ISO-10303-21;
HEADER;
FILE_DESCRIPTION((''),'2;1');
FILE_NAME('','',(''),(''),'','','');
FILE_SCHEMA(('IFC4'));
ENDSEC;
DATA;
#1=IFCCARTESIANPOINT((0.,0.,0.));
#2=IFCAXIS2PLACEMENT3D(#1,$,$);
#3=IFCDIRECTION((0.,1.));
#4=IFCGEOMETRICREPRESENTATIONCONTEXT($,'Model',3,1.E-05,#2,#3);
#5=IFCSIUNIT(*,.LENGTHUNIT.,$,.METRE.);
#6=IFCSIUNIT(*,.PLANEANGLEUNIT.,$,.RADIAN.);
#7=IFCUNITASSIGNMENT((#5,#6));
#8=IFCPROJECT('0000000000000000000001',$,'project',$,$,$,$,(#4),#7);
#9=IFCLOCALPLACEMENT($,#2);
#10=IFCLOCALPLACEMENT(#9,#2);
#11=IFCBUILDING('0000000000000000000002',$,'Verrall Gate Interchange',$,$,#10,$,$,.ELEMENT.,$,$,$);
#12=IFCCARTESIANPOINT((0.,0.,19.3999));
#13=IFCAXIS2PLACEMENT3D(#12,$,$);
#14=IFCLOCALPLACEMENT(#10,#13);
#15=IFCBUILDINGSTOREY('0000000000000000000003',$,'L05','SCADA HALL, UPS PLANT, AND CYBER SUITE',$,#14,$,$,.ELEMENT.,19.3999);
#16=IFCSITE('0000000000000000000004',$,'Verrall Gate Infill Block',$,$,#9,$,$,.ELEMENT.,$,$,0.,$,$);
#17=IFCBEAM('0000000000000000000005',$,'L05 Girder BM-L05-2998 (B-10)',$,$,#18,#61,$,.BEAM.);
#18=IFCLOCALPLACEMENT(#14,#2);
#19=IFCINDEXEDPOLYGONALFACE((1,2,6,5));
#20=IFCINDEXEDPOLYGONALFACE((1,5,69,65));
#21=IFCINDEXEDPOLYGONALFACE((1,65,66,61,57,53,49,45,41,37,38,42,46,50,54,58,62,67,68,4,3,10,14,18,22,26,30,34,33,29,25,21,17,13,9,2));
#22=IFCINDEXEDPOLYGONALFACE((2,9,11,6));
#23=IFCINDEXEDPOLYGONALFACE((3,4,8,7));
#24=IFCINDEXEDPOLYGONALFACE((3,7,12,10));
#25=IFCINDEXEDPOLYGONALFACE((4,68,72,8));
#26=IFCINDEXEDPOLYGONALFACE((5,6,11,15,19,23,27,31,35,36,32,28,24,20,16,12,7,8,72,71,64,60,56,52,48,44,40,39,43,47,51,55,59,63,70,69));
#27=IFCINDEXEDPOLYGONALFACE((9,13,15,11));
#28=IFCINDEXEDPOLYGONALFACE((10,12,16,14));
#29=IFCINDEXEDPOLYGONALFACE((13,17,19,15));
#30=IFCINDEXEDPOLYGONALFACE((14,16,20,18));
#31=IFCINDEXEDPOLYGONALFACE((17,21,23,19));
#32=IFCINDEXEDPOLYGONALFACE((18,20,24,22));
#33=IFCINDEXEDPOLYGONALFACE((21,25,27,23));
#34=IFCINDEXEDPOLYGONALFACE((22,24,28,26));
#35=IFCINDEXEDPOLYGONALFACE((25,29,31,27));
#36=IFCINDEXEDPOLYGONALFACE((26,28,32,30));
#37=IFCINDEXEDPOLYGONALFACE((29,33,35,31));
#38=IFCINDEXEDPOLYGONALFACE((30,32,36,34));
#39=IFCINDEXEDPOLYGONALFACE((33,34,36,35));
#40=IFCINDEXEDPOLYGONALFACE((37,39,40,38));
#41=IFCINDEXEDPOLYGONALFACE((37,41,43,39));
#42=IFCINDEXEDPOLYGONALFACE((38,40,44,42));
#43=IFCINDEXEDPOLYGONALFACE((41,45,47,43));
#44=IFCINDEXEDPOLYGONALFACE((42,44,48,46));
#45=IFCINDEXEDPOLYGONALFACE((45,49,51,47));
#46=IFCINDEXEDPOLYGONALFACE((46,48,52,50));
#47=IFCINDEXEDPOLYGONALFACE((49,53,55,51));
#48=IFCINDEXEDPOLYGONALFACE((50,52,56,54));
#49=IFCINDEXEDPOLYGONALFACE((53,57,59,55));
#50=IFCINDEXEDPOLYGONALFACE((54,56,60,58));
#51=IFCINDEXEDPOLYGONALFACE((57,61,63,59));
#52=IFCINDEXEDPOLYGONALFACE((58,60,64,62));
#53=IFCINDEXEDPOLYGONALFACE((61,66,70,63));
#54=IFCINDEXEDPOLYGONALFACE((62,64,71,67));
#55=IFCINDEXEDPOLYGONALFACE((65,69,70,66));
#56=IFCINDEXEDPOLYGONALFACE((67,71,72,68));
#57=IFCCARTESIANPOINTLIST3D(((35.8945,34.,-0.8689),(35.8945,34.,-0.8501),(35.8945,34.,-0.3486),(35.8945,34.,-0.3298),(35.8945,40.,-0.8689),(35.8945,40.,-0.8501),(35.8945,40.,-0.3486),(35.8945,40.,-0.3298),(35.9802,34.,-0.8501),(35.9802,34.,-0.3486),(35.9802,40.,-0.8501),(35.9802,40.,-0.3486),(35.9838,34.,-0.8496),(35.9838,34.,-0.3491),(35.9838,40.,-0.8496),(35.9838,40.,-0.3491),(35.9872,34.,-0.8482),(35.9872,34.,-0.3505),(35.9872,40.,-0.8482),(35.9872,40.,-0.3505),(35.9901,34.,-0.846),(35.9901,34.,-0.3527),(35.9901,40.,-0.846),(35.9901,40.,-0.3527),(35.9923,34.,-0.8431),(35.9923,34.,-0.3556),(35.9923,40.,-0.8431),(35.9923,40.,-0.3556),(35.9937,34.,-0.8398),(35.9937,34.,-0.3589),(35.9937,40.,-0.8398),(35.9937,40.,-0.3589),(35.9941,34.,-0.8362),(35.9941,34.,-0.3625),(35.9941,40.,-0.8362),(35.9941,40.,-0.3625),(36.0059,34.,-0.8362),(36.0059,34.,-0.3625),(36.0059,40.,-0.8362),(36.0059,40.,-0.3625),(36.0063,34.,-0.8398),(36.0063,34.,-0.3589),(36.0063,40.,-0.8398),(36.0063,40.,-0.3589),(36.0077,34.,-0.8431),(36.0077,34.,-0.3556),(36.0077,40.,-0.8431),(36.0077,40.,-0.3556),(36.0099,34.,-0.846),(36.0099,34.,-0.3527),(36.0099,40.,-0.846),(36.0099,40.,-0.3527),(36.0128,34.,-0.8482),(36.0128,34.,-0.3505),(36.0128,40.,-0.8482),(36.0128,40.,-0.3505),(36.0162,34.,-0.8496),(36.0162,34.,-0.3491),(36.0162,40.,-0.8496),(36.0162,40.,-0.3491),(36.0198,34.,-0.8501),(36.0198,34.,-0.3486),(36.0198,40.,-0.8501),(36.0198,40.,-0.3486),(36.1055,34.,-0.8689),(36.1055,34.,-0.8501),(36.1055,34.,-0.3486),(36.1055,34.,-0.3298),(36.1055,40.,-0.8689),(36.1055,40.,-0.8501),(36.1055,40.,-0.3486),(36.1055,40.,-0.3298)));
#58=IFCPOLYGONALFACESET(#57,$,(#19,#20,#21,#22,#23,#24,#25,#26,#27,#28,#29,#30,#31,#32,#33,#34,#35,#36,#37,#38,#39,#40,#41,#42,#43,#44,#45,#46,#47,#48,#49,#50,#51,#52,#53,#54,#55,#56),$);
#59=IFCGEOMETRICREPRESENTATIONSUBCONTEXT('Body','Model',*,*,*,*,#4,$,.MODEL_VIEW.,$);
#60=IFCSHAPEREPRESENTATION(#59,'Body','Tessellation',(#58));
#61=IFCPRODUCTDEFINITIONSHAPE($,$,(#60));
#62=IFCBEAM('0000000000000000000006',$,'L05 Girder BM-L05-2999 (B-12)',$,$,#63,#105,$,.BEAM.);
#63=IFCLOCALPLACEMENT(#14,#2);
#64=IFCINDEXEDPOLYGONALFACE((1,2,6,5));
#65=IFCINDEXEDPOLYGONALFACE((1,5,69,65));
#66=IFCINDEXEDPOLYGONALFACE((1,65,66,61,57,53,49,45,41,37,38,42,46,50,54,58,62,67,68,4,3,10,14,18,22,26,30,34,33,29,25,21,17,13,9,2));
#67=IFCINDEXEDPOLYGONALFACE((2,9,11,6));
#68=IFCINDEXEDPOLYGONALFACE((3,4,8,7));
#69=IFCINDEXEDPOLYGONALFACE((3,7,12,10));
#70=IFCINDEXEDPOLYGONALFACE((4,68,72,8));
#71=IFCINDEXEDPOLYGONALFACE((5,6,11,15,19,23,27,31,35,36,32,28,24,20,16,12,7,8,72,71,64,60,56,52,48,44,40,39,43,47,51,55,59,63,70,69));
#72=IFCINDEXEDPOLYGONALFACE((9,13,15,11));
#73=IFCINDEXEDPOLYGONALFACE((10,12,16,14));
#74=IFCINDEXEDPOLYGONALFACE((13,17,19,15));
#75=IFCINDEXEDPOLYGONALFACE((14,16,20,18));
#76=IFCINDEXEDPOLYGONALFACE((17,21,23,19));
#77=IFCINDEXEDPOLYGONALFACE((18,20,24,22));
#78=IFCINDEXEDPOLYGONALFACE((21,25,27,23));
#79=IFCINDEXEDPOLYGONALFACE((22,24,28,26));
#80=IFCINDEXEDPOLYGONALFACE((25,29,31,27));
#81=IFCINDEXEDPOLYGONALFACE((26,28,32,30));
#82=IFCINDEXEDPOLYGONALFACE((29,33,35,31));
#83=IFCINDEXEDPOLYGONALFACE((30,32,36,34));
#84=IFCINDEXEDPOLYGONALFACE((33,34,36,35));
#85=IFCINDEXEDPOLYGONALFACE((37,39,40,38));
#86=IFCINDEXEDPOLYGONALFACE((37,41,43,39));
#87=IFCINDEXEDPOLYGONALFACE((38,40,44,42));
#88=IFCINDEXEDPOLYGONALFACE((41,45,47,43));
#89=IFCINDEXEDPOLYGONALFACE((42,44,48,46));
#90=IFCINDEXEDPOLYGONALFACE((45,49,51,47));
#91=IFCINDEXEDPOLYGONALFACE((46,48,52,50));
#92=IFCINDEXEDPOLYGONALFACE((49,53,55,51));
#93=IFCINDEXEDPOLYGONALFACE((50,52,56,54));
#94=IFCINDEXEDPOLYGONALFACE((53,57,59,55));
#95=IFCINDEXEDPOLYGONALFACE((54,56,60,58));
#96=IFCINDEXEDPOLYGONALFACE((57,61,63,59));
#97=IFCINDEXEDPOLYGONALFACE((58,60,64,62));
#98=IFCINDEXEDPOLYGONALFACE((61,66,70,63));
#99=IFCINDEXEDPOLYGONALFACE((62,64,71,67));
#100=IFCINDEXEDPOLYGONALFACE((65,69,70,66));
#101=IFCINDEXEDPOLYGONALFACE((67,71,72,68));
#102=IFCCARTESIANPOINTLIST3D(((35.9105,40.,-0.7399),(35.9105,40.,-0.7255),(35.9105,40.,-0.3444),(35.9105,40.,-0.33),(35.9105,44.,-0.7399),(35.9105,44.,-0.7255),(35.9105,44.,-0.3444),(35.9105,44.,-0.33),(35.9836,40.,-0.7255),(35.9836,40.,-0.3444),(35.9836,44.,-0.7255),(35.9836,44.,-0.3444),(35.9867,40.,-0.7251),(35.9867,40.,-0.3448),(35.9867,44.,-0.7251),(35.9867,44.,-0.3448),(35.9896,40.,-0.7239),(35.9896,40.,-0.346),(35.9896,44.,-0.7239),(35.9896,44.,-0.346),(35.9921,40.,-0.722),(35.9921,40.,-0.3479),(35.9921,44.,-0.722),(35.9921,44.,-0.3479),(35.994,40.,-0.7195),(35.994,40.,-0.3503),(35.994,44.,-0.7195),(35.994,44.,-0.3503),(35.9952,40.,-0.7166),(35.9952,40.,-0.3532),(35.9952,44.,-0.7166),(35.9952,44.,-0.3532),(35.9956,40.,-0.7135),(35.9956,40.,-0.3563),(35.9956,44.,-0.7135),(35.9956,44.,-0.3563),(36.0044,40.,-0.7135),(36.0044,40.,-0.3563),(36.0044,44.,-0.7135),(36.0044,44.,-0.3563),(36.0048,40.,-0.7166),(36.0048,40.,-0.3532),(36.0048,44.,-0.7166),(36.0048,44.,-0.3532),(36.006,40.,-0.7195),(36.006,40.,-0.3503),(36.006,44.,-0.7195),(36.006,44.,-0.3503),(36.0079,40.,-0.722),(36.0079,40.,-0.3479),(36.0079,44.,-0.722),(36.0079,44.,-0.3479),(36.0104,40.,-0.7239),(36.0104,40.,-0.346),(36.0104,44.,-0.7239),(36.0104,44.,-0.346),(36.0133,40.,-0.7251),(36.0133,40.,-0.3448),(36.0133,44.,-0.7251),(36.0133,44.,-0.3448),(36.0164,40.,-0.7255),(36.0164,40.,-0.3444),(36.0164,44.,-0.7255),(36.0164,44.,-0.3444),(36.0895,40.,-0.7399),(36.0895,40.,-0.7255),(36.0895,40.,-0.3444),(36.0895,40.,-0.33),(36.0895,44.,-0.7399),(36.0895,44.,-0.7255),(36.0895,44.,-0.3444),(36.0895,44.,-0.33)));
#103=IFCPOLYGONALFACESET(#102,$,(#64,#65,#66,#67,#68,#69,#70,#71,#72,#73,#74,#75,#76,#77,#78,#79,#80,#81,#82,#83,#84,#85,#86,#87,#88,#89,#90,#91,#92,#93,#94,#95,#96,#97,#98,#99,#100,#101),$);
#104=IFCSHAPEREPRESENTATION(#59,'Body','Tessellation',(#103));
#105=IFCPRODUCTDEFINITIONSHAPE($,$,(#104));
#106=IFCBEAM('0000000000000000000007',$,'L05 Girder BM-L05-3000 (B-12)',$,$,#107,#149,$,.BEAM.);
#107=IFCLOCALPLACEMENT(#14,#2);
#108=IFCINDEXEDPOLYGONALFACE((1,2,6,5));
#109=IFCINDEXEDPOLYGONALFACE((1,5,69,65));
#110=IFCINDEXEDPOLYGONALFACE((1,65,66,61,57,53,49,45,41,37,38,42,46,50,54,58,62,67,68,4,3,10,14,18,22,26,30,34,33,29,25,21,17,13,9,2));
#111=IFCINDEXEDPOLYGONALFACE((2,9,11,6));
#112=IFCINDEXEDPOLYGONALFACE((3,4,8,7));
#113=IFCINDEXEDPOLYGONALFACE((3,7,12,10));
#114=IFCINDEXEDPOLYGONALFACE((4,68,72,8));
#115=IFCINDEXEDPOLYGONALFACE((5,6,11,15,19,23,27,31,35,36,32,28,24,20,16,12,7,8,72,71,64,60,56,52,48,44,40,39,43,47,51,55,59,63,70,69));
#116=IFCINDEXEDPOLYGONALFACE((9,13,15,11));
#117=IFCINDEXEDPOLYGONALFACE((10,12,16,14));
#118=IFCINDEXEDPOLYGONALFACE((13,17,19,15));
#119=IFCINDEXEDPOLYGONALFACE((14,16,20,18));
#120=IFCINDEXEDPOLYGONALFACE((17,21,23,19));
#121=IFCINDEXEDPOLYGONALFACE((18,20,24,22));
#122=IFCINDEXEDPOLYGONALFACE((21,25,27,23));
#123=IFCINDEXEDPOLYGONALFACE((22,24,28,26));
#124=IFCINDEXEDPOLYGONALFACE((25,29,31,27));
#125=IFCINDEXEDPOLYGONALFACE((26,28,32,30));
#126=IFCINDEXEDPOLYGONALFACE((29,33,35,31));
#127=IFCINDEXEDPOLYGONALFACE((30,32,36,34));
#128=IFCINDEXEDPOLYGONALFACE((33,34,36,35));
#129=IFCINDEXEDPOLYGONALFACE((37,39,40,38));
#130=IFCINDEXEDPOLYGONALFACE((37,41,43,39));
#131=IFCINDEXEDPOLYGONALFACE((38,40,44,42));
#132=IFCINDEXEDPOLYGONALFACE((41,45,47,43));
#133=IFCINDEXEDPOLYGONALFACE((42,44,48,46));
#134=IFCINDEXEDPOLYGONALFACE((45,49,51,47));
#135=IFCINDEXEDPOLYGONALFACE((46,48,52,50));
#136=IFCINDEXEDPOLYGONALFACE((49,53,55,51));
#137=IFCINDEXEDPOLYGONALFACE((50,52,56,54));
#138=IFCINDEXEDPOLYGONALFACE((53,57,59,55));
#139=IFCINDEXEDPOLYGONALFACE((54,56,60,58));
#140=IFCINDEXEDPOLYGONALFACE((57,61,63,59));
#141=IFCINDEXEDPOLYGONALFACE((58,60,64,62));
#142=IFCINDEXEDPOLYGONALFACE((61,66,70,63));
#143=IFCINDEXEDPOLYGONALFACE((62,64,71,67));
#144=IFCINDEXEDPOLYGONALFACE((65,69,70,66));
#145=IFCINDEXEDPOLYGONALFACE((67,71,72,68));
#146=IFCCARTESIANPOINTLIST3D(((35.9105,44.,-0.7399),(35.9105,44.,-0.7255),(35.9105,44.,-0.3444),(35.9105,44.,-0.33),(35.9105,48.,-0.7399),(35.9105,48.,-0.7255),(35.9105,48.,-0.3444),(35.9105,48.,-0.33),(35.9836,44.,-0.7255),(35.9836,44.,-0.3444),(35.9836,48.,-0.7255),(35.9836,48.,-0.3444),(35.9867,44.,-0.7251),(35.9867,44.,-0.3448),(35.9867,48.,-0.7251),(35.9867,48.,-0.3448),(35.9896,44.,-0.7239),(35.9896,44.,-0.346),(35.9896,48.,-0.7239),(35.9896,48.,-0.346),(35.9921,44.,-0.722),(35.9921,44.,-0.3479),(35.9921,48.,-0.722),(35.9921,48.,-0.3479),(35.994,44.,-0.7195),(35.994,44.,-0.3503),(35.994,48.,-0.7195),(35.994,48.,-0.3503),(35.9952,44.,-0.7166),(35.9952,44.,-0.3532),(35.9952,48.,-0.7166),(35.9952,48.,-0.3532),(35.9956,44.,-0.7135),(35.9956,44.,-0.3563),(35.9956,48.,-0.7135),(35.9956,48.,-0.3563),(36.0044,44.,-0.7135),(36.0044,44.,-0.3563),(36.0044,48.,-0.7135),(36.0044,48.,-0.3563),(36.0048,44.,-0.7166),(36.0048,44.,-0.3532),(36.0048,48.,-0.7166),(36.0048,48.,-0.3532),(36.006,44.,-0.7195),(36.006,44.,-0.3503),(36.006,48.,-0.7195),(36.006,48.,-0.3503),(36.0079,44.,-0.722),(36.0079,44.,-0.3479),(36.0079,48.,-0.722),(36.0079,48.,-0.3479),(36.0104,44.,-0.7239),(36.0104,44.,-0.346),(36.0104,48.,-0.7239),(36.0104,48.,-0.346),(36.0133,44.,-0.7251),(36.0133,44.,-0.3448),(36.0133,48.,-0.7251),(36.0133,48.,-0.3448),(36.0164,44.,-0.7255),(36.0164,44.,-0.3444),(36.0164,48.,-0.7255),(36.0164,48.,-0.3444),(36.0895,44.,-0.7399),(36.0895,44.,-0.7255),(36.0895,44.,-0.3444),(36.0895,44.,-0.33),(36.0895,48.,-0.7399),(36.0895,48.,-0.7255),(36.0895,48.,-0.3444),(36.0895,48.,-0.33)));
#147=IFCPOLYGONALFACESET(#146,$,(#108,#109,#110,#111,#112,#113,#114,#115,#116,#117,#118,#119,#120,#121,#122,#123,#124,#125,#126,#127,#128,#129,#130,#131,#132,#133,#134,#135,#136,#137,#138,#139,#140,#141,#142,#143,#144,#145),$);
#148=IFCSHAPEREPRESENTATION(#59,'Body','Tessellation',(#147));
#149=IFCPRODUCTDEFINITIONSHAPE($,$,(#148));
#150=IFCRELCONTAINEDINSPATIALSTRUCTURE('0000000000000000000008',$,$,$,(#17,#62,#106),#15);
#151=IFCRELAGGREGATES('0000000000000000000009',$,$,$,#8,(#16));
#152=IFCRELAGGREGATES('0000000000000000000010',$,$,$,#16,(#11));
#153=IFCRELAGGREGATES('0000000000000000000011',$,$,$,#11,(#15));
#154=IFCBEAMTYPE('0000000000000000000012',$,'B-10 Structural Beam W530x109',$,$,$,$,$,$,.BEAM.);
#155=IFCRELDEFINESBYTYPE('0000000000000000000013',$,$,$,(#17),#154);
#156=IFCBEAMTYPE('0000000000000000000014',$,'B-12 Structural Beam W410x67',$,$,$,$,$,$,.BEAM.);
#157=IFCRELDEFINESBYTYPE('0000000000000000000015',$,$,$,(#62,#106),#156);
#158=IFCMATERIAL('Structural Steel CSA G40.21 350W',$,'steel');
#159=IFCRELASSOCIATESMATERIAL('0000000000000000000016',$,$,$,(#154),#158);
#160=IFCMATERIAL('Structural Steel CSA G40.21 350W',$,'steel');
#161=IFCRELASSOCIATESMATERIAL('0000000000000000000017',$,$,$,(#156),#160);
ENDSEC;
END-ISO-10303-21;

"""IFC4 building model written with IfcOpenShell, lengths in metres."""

from ifc_helpers import new_model, si_unit, direction, frame, origin, origin_2d, place, context, subcontext, project, spatial, i_section, extrude, material, material_profile, profile_set, type_object, element, save


model = new_model("IFC4")

# Units and contexts
model_context = context("Model", 3, precision=1e-05, world=origin(), true_north=direction((0.0, 1.0)))
body_context = subcontext(model_context, "Body", "Model", "MODEL_VIEW")
ifc_project = project(units=[si_unit("LENGTHUNIT", "METRE"), si_unit("PLANEANGLEUNIT", "RADIAN")], contexts=[model_context])

# Site, building, storey
site_placement = place(None, origin())
site = spatial("IfcSite", under=ifc_project, at=site_placement, Name="Verrall Gate Infill Block", CompositionType="ELEMENT", RefElevation=0.0)
building_placement = place(site_placement, origin())
building = spatial("IfcBuilding", under=site, at=building_placement, Name="Verrall Gate Interchange", CompositionType="ELEMENT")
storey_placement = place(building_placement, frame((0.0, 0.0, 19.3999)))
storey = spatial("IfcBuildingStorey", under=building, at=storey_placement, Name="L05", Description="SCADA HALL, UPS PLANT, AND CYBER SUITE", CompositionType="ELEMENT", Elevation=19.3999)

# Beams
ifc_material_1 = material(Name="Structural Steel CSA G40.21 350W", Category="steel")
ifc_material_profile_1 = material_profile(ifc_material_1, i_section(OverallWidth=0.2109, OverallDepth=0.5391, WebThickness=0.0117, FlangeThickness=0.0188, FilletRadius=0.0139, at=origin_2d()), Name="W530x109")
ifc_profile_set_1 = profile_set([ifc_material_profile_1], Name="Structural Steel CSA G40.21 350W")
beam_type_1 = type_object("IfcBeamType", Name="B-10 Structural Beam W530x109", PredefinedType="BEAM", material=ifc_profile_set_1)
beam_placement = place(storey_placement, frame((36.0, 34.0, -0.5994), z_axis=(0.0, 1.0, 0.0), x_axis=(-1.0, 0.0, 0.0)))
element("IfcBeam", 1, at=beam_placement, inside=storey, type_object=beam_type_1, Name="L05 Girder BM-L05-2998 (B-10)", PredefinedType="BEAM", context=body_context, shape_type="SweptSolid", body=[
    extrude(i_section(OverallWidth=0.2109, OverallDepth=0.5391, WebThickness=0.0117, FlangeThickness=0.0188, FilletRadius=0.0139, at=origin_2d()), origin(), (0.0, 0.0, 1.0), 6.0),
])
ifc_material_2 = material(Name="Structural Steel CSA G40.21 350W", Category="steel")
ifc_material_profile_2 = material_profile(ifc_material_2, i_section(OverallWidth=0.179, OverallDepth=0.4099, WebThickness=0.0088, FlangeThickness=0.0144, FilletRadius=0.012, at=origin_2d()), Name="W410x67")
ifc_profile_set_2 = profile_set([ifc_material_profile_2], Name="Structural Steel CSA G40.21 350W")
beam_type_2 = type_object("IfcBeamType", Name="B-12 Structural Beam W410x67", PredefinedType="BEAM", material=ifc_profile_set_2)
for number, where, z_axis, x_axis, name in (
    (2, (36.0, 40.0, -0.5349), (0.0, 1.0, 0.0), (-1.0, 0.0, 0.0), "L05 Girder BM-L05-2999 (B-12)"),
    (3, (36.0, 44.0, -0.5349), (0.0, 1.0, 0.0), (-1.0, 0.0, 0.0), "L05 Girder BM-L05-3000 (B-12)"),
):
    element("IfcBeam", number, at=place(storey_placement, frame(where, z_axis=z_axis, x_axis=x_axis)), inside=storey, type_object=beam_type_2, Name=name, PredefinedType="BEAM", context=body_context, shape_type="SweptSolid", body=[
        extrude(i_section(OverallWidth=0.179, OverallDepth=0.4099, WebThickness=0.0088, FlangeThickness=0.0144, FilletRadius=0.012, at=origin_2d()), origin(), (0.0, 0.0, 1.0), 4.0),
    ])

save(model, "model.ifc")
